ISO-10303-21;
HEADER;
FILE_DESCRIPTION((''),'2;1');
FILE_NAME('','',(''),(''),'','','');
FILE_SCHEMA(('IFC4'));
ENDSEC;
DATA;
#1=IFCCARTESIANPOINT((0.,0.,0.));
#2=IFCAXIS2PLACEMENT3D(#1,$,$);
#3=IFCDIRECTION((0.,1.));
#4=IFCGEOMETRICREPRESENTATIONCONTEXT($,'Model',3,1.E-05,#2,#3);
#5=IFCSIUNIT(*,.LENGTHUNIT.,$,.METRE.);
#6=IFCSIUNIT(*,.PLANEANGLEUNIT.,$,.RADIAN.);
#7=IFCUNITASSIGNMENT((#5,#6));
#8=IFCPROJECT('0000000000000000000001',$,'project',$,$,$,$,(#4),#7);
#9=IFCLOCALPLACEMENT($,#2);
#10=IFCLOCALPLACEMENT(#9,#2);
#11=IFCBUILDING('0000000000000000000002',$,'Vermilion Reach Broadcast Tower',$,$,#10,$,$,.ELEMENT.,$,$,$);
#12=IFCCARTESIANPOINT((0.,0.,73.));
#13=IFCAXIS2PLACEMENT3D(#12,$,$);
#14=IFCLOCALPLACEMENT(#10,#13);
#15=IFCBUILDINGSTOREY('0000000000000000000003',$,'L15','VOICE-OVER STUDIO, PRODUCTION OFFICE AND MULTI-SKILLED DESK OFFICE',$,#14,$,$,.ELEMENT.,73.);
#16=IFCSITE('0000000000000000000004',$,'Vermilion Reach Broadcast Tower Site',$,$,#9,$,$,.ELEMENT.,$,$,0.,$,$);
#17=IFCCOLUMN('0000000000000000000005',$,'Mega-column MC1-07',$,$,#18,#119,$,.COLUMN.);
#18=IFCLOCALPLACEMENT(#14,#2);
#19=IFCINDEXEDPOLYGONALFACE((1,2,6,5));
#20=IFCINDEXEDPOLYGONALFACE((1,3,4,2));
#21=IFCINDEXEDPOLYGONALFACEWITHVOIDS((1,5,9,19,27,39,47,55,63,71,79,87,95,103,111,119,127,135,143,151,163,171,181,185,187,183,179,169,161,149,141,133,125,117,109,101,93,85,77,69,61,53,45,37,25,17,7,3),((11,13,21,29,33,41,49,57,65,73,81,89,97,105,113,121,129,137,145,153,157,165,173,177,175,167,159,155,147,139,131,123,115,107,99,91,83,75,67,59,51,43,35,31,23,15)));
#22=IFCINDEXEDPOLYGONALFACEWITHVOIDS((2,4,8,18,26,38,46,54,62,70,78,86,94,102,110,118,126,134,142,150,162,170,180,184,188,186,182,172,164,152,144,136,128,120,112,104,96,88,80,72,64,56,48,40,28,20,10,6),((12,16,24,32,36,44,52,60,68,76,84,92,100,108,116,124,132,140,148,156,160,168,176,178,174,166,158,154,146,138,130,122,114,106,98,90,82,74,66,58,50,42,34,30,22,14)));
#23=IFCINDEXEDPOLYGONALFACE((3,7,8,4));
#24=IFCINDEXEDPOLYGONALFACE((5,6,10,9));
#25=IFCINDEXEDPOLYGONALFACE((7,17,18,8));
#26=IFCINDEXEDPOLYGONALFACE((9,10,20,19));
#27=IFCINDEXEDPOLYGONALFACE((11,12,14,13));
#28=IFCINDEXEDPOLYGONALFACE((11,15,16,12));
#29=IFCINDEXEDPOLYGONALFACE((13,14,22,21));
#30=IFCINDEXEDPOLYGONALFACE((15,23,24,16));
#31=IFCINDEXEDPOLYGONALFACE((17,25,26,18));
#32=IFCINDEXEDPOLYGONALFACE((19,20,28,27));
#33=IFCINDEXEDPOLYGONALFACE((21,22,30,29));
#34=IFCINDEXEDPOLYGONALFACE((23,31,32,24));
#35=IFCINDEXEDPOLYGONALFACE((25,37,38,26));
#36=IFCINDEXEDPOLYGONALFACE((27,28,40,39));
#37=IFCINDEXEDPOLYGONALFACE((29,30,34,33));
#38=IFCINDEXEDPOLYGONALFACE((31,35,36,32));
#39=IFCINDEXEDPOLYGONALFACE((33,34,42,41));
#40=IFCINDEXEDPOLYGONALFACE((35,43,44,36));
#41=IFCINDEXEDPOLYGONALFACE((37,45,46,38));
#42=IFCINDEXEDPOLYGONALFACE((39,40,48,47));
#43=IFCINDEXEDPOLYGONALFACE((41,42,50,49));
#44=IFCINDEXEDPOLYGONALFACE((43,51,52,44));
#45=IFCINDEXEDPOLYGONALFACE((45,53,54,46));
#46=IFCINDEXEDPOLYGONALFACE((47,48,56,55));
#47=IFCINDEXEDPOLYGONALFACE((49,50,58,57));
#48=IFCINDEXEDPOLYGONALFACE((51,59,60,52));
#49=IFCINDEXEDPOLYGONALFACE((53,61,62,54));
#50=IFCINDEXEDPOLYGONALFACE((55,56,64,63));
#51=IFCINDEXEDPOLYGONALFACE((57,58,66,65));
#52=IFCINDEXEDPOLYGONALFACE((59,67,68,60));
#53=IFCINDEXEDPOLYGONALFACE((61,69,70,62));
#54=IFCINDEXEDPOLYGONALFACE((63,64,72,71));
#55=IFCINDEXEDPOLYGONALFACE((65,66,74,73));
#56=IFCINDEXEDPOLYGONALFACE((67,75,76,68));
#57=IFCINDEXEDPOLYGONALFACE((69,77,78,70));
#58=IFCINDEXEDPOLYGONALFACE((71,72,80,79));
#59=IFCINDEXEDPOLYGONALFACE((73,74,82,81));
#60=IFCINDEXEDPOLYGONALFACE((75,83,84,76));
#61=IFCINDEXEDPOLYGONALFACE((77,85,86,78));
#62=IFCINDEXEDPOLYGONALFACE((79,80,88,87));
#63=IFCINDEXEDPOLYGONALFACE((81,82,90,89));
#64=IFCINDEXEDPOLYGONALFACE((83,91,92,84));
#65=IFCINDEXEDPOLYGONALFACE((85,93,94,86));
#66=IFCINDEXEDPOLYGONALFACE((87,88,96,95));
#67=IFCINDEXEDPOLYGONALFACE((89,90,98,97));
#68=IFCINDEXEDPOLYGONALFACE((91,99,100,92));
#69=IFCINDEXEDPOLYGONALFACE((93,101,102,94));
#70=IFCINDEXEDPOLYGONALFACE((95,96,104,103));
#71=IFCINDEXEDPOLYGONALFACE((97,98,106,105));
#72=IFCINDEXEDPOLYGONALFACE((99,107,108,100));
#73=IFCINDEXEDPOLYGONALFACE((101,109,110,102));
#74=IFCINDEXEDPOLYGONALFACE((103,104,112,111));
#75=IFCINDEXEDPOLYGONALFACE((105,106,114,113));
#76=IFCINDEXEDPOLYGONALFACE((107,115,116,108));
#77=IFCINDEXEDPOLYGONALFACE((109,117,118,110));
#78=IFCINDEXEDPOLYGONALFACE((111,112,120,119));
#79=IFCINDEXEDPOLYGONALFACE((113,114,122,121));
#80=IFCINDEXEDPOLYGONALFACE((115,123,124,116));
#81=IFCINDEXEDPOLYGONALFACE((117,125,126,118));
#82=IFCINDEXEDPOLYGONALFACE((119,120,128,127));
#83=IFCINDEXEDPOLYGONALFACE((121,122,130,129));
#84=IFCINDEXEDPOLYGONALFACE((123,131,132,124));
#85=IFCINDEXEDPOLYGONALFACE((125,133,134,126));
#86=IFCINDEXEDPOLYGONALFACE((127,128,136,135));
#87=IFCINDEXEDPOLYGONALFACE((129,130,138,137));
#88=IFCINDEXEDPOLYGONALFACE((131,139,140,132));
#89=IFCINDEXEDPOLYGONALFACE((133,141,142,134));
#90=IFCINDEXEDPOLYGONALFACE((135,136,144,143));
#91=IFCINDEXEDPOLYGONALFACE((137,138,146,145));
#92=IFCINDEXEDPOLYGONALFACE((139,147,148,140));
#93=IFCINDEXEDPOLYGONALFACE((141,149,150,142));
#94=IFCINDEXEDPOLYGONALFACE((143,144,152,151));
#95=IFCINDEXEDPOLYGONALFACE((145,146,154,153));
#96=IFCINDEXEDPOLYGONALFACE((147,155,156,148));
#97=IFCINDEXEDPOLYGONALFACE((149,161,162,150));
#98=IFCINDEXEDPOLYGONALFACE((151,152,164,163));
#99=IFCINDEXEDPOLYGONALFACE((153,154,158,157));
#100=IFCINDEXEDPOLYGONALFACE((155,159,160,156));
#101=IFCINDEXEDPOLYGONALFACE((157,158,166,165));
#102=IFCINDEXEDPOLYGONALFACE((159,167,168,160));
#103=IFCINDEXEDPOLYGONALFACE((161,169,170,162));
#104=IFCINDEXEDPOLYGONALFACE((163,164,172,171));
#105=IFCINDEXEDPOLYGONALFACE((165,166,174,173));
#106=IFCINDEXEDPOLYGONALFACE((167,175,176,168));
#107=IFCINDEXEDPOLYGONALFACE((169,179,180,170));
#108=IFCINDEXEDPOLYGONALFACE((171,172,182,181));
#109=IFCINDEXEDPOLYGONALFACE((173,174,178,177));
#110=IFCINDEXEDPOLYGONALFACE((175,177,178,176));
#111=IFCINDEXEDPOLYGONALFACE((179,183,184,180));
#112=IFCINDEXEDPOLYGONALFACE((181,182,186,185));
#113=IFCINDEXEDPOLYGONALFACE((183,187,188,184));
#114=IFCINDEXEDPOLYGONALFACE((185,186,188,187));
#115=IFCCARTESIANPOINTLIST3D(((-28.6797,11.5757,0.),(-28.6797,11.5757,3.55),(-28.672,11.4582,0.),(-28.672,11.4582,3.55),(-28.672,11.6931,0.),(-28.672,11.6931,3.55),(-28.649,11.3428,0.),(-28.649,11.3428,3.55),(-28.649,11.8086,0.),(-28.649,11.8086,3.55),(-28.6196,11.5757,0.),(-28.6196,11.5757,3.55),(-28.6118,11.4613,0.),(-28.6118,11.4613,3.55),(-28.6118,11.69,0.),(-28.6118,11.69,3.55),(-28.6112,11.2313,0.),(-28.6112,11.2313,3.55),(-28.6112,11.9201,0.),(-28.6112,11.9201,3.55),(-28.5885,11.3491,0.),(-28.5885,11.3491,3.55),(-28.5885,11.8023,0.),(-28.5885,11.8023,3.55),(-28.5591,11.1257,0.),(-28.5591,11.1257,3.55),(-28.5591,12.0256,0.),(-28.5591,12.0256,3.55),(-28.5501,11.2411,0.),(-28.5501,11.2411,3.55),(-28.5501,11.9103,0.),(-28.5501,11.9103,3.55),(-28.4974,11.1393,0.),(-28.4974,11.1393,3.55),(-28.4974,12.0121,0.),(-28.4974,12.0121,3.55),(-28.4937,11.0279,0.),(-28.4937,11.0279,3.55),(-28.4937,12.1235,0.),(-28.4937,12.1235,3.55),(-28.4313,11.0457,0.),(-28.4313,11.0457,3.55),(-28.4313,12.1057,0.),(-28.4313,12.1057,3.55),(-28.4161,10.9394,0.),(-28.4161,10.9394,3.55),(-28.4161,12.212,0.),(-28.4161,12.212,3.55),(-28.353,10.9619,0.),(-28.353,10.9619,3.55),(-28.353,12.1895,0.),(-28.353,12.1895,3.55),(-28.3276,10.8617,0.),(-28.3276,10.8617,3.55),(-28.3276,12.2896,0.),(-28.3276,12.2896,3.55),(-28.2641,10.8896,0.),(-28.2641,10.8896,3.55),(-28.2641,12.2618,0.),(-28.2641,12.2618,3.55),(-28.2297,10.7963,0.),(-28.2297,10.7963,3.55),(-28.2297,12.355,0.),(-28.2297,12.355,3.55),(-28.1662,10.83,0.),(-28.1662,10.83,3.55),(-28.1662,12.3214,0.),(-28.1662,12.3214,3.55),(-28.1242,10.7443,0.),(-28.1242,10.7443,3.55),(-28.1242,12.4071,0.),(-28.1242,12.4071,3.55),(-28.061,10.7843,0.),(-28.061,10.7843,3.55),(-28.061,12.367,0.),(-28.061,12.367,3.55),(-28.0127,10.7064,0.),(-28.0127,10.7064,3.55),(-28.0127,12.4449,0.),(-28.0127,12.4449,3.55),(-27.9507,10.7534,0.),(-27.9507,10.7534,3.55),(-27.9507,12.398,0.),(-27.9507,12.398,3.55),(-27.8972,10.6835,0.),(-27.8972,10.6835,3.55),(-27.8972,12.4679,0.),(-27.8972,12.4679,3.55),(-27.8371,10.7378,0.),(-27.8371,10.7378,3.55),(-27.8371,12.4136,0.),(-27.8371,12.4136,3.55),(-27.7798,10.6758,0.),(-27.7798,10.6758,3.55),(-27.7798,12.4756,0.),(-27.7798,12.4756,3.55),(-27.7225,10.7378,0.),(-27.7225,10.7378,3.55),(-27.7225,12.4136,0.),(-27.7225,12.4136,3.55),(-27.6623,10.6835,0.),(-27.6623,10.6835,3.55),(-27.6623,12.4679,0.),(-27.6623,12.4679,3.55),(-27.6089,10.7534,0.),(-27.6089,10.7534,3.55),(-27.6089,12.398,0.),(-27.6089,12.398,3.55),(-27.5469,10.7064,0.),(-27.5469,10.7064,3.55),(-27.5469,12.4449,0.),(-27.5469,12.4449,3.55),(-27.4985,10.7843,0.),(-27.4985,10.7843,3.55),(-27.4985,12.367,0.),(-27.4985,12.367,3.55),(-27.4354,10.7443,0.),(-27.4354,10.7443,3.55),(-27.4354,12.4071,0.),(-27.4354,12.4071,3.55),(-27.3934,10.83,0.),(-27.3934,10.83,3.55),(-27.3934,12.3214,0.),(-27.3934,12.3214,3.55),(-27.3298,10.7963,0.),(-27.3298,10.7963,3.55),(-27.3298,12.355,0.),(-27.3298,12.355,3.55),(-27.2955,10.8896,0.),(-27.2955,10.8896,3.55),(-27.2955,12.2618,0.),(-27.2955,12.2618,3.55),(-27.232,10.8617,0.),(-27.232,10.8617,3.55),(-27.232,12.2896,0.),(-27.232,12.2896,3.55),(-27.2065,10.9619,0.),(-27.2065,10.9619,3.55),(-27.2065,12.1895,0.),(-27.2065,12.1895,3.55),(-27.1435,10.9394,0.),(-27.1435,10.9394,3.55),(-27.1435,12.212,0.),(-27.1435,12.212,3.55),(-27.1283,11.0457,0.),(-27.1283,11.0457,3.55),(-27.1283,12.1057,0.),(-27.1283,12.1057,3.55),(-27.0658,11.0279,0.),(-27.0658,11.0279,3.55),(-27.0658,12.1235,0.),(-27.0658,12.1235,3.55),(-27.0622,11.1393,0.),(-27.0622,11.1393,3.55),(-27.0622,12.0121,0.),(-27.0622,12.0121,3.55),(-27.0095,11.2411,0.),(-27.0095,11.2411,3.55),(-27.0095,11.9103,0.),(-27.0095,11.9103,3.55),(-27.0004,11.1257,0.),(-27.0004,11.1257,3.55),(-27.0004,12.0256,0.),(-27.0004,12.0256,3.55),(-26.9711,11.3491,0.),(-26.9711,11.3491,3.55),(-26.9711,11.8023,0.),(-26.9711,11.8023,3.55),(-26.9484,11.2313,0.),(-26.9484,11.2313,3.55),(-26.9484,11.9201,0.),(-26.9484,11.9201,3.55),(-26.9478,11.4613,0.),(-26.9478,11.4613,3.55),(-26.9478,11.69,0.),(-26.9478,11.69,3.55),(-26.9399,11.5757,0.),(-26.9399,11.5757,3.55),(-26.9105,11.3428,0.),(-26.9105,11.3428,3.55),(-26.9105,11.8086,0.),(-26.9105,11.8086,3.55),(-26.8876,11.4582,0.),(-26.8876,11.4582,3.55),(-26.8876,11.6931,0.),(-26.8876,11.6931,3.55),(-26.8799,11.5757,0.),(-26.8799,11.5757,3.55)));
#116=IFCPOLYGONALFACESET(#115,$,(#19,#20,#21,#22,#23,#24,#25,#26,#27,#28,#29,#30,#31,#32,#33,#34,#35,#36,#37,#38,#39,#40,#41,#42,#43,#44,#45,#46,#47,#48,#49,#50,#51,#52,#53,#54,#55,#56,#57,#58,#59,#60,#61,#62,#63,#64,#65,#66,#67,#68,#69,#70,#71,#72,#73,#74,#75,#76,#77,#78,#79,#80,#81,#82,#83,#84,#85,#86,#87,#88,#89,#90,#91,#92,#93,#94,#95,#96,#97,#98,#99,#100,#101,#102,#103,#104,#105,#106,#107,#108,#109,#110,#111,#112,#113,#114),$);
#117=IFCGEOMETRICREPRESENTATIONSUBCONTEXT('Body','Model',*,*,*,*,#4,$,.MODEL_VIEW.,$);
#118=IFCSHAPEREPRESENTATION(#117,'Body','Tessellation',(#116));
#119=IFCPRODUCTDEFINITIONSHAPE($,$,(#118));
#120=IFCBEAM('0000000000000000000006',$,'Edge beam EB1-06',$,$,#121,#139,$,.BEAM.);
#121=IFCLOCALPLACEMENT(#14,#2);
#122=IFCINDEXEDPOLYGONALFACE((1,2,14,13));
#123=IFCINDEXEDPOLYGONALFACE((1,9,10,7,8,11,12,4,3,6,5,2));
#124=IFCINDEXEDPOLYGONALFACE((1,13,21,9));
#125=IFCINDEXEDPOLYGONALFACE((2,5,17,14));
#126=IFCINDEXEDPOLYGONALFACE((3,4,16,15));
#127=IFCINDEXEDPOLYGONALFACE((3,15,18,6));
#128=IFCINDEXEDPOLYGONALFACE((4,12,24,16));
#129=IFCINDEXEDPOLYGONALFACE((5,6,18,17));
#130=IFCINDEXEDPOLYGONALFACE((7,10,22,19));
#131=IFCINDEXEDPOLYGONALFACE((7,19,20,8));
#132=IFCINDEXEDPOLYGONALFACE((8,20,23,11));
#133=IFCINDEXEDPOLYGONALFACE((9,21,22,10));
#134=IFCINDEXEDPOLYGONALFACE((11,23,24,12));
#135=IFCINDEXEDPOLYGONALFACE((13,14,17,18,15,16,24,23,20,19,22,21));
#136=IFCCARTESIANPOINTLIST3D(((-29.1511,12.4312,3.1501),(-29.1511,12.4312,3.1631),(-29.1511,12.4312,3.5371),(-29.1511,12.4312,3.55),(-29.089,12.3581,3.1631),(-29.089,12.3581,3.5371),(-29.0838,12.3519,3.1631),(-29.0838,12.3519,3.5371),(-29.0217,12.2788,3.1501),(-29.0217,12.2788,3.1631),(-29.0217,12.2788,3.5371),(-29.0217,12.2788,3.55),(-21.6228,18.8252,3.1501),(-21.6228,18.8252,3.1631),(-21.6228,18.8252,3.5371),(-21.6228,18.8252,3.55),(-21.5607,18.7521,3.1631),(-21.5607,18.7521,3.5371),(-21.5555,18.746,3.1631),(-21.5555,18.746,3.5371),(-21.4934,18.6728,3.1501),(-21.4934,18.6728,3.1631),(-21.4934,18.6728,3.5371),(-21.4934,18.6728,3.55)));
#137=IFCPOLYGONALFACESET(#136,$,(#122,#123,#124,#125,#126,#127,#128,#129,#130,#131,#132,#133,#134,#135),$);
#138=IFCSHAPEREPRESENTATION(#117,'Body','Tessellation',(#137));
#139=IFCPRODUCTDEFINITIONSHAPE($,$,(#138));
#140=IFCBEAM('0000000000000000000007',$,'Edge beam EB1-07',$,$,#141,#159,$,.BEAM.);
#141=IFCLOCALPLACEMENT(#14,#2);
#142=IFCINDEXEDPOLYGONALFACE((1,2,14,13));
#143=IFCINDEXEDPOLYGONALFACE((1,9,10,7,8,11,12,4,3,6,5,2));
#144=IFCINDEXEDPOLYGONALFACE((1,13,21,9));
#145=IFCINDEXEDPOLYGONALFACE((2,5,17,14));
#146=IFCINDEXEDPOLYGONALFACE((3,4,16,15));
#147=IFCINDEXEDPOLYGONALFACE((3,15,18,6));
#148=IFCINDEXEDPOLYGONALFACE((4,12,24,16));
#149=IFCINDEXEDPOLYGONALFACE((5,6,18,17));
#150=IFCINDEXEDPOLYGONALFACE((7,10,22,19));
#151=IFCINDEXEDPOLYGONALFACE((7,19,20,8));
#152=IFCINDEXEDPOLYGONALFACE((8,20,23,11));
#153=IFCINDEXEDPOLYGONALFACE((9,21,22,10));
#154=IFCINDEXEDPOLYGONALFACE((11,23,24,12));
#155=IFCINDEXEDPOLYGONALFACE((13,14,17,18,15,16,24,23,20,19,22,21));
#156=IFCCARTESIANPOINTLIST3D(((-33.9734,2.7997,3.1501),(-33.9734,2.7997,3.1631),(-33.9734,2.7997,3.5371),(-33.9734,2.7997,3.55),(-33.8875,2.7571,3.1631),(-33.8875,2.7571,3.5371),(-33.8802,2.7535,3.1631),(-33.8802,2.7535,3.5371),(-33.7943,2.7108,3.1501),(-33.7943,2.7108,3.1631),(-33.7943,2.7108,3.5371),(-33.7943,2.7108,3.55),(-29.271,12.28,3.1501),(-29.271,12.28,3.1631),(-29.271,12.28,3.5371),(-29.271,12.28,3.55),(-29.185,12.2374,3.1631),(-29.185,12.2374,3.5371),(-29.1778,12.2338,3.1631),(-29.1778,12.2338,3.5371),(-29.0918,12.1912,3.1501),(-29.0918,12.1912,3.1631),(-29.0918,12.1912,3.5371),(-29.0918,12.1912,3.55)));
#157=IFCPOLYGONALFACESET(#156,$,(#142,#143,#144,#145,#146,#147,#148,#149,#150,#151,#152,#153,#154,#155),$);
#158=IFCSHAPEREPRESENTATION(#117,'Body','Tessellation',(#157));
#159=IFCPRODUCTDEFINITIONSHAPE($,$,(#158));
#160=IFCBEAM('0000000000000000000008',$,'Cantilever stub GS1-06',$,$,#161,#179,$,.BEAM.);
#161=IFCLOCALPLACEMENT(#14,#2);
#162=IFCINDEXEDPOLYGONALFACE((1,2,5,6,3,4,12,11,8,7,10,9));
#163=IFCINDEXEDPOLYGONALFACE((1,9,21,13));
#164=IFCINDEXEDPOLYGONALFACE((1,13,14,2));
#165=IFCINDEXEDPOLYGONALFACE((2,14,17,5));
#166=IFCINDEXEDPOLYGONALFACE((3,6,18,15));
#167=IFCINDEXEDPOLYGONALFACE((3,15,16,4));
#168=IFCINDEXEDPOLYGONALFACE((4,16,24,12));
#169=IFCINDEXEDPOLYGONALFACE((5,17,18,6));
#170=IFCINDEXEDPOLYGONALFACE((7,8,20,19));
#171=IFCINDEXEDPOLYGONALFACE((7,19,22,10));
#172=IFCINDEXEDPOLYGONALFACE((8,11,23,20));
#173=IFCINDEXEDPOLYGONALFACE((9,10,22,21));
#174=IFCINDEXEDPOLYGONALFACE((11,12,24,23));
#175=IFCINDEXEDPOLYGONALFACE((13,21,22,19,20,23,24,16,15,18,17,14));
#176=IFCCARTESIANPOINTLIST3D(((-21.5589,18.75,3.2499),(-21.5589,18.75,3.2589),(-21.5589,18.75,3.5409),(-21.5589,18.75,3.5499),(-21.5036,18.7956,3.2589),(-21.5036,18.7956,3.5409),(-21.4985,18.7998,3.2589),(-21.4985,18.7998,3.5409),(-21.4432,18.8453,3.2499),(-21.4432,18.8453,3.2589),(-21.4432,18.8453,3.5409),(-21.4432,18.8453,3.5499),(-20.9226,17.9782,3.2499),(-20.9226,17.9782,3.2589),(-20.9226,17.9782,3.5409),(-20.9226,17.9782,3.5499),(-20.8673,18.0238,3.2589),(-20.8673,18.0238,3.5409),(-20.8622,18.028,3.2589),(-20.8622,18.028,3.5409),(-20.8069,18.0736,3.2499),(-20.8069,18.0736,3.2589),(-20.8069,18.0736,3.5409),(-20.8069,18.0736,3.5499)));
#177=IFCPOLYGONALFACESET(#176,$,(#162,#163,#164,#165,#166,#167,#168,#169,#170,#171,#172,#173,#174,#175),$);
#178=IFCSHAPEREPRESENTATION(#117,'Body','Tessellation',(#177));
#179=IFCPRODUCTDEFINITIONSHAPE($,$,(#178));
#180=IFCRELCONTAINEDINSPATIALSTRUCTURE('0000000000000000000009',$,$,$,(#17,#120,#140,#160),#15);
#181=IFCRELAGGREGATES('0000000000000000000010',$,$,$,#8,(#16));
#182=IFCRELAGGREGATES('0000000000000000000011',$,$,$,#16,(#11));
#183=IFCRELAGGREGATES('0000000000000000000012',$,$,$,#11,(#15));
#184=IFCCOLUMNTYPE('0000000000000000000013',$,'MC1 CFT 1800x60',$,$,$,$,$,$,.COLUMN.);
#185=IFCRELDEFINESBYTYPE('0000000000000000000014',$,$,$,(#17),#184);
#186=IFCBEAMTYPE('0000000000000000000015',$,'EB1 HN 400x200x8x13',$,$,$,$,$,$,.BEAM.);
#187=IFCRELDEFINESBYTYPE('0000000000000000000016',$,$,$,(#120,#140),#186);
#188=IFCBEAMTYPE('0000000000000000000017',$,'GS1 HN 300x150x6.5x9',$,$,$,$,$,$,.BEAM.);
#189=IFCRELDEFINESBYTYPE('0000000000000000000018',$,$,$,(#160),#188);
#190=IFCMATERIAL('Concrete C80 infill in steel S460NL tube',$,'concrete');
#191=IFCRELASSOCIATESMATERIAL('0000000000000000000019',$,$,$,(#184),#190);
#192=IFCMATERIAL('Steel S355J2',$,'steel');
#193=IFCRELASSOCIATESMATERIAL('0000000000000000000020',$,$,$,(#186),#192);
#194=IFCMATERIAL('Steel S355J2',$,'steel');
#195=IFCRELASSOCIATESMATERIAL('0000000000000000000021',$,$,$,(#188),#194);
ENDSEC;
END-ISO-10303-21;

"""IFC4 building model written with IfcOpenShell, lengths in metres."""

from ifc_helpers import new_model, si_unit, direction, frame, origin, origin_2d, place, context, subcontext, project, spatial, hollow_circle, i_section, extrude, material, material_profile, profile_set, type_object, element, save


model = new_model("IFC4")

# Units and contexts
model_context = context("Model", 3, precision=1e-05, world=origin(), true_north=direction((0.0, 1.0)))
body_context = subcontext(model_context, "Body", "Model", "MODEL_VIEW")
ifc_project = project(units=[si_unit("LENGTHUNIT", "METRE"), si_unit("PLANEANGLEUNIT", "RADIAN")], contexts=[model_context])

# Site, building, storey
site_placement = place(None, origin())
site = spatial("IfcSite", under=ifc_project, at=site_placement, Name="Vermilion Reach Broadcast Tower Site", CompositionType="ELEMENT", RefElevation=0.0)
building_placement = place(site_placement, origin())
building = spatial("IfcBuilding", under=site, at=building_placement, Name="Vermilion Reach Broadcast Tower", CompositionType="ELEMENT")
storey_placement = place(building_placement, frame((0.0, 0.0, 73.0)))
storey = spatial("IfcBuildingStorey", under=building, at=storey_placement, Name="L15", Description="VOICE-OVER STUDIO, PRODUCTION OFFICE AND MULTI-SKILLED DESK OFFICE", CompositionType="ELEMENT", Elevation=73.0)

# Column
ifc_material_1 = material(Name="Concrete C80 infill in steel S460NL tube", Category="concrete")
ifc_material_profile_1 = material_profile(ifc_material_1, hollow_circle(Radius=0.8999, WallThickness=0.0601, at=origin_2d()), Name="Concrete C80 infill in steel S460NL tube CFT 1800x60")
ifc_profile_set_1 = profile_set([ifc_material_profile_1], Name="Concrete C80 infill in steel S460NL tube")
column_type = type_object("IfcColumnType", Name="MC1 CFT 1800x60", PredefinedType="COLUMN", material=ifc_profile_set_1)
for number, where, z_axis, x_axis, name in (
    (1, (-27.7798, 11.5757, 0.0), (0.0, 0.0, 1.0), (1.0, 0.0, 0.0), "Mega-column MC1-07"),
):
    element("IfcColumn", number, at=place(storey_placement, frame(where, z_axis=z_axis, x_axis=x_axis)), inside=storey, type_object=column_type, Name=name, PredefinedType="COLUMN", context=body_context, shape_type="SweptSolid", body=[
        extrude(hollow_circle(Radius=0.8999, WallThickness=0.0601, at=origin_2d()), origin(), (0.0, 0.0, 1.0), 3.55),
    ])

# Beams
ifc_material_2 = material(Name="Steel S355J2", Category="steel")
ifc_material_profile_2 = material_profile(ifc_material_2, i_section(OverallWidth=0.2, OverallDepth=0.3999, WebThickness=0.0081, FlangeThickness=0.0129, at=origin_2d()), Name="S355J2 HN 400x200x8x13")
ifc_profile_set_2 = profile_set([ifc_material_profile_2], Name="Steel S355J2")
beam_type_1 = type_object("IfcBeamType", Name="EB1 HN 400x200x8x13", PredefinedType="BEAM", material=ifc_profile_set_2)
beam_1_placement = place(storey_placement, frame((-21.5581, 18.749, 3.3501), z_axis=(-0.762191, -0.647353, 0.0), x_axis=(0.647353, -0.762191, 0.0)))
element("IfcBeam", 2, at=beam_1_placement, inside=storey, type_object=beam_type_1, Name="Edge beam EB1-06", PredefinedType="BEAM", context=body_context, shape_type="SweptSolid", body=[
    extrude(i_section(OverallWidth=0.2, OverallDepth=0.3999, WebThickness=0.0081, FlangeThickness=0.0129, at=origin_2d()), origin(), (0.0, 0.0, 1.0), 9.8772),
])
beam_2_placement = place(storey_placement, frame((-29.1814, 12.2356, 3.3501), z_axis=(-0.44436, -0.895848, 0.0), x_axis=(0.895848, -0.44436, 0.0)))
element("IfcBeam", 3, at=beam_2_placement, inside=storey, type_object=beam_type_1, Name="Edge beam EB1-07", PredefinedType="BEAM", context=body_context, shape_type="SweptSolid", body=[
    extrude(i_section(OverallWidth=0.2, OverallDepth=0.3999, WebThickness=0.0081, FlangeThickness=0.0129, at=origin_2d()), origin(), (0.0, 0.0, 1.0), 10.5825),
])
ifc_material_3 = material(Name="Steel S355J2", Category="steel")
ifc_material_profile_3 = material_profile(ifc_material_3, i_section(OverallWidth=0.1499, OverallDepth=0.3, WebThickness=0.0066, FlangeThickness=0.009, at=origin_2d()), Name="S355J2 HN 300x150x6.5x9")
ifc_profile_set_3 = profile_set([ifc_material_profile_3], Name="Steel S355J2")
beam_type_2 = type_object("IfcBeamType", Name="GS1 HN 300x150x6.5x9", PredefinedType="BEAM", material=ifc_profile_set_3)
beam_3_placement = place(storey_placement, frame((-20.8647, 18.0259, 3.3999), z_axis=(-0.636118, 0.771592, 0.0), x_axis=(-0.771592, -0.636118, 0.0)))
element("IfcBeam", 4, at=beam_3_placement, inside=storey, type_object=beam_type_2, Name="Cantilever stub GS1-06", PredefinedType="BEAM", context=body_context, shape_type="SweptSolid", body=[
    extrude(i_section(OverallWidth=0.1499, OverallDepth=0.3, WebThickness=0.0066, FlangeThickness=0.009, at=origin_2d()), origin(), (0.0, 0.0, 1.0), 1.0002),
])

save(model, "model.ifc")
